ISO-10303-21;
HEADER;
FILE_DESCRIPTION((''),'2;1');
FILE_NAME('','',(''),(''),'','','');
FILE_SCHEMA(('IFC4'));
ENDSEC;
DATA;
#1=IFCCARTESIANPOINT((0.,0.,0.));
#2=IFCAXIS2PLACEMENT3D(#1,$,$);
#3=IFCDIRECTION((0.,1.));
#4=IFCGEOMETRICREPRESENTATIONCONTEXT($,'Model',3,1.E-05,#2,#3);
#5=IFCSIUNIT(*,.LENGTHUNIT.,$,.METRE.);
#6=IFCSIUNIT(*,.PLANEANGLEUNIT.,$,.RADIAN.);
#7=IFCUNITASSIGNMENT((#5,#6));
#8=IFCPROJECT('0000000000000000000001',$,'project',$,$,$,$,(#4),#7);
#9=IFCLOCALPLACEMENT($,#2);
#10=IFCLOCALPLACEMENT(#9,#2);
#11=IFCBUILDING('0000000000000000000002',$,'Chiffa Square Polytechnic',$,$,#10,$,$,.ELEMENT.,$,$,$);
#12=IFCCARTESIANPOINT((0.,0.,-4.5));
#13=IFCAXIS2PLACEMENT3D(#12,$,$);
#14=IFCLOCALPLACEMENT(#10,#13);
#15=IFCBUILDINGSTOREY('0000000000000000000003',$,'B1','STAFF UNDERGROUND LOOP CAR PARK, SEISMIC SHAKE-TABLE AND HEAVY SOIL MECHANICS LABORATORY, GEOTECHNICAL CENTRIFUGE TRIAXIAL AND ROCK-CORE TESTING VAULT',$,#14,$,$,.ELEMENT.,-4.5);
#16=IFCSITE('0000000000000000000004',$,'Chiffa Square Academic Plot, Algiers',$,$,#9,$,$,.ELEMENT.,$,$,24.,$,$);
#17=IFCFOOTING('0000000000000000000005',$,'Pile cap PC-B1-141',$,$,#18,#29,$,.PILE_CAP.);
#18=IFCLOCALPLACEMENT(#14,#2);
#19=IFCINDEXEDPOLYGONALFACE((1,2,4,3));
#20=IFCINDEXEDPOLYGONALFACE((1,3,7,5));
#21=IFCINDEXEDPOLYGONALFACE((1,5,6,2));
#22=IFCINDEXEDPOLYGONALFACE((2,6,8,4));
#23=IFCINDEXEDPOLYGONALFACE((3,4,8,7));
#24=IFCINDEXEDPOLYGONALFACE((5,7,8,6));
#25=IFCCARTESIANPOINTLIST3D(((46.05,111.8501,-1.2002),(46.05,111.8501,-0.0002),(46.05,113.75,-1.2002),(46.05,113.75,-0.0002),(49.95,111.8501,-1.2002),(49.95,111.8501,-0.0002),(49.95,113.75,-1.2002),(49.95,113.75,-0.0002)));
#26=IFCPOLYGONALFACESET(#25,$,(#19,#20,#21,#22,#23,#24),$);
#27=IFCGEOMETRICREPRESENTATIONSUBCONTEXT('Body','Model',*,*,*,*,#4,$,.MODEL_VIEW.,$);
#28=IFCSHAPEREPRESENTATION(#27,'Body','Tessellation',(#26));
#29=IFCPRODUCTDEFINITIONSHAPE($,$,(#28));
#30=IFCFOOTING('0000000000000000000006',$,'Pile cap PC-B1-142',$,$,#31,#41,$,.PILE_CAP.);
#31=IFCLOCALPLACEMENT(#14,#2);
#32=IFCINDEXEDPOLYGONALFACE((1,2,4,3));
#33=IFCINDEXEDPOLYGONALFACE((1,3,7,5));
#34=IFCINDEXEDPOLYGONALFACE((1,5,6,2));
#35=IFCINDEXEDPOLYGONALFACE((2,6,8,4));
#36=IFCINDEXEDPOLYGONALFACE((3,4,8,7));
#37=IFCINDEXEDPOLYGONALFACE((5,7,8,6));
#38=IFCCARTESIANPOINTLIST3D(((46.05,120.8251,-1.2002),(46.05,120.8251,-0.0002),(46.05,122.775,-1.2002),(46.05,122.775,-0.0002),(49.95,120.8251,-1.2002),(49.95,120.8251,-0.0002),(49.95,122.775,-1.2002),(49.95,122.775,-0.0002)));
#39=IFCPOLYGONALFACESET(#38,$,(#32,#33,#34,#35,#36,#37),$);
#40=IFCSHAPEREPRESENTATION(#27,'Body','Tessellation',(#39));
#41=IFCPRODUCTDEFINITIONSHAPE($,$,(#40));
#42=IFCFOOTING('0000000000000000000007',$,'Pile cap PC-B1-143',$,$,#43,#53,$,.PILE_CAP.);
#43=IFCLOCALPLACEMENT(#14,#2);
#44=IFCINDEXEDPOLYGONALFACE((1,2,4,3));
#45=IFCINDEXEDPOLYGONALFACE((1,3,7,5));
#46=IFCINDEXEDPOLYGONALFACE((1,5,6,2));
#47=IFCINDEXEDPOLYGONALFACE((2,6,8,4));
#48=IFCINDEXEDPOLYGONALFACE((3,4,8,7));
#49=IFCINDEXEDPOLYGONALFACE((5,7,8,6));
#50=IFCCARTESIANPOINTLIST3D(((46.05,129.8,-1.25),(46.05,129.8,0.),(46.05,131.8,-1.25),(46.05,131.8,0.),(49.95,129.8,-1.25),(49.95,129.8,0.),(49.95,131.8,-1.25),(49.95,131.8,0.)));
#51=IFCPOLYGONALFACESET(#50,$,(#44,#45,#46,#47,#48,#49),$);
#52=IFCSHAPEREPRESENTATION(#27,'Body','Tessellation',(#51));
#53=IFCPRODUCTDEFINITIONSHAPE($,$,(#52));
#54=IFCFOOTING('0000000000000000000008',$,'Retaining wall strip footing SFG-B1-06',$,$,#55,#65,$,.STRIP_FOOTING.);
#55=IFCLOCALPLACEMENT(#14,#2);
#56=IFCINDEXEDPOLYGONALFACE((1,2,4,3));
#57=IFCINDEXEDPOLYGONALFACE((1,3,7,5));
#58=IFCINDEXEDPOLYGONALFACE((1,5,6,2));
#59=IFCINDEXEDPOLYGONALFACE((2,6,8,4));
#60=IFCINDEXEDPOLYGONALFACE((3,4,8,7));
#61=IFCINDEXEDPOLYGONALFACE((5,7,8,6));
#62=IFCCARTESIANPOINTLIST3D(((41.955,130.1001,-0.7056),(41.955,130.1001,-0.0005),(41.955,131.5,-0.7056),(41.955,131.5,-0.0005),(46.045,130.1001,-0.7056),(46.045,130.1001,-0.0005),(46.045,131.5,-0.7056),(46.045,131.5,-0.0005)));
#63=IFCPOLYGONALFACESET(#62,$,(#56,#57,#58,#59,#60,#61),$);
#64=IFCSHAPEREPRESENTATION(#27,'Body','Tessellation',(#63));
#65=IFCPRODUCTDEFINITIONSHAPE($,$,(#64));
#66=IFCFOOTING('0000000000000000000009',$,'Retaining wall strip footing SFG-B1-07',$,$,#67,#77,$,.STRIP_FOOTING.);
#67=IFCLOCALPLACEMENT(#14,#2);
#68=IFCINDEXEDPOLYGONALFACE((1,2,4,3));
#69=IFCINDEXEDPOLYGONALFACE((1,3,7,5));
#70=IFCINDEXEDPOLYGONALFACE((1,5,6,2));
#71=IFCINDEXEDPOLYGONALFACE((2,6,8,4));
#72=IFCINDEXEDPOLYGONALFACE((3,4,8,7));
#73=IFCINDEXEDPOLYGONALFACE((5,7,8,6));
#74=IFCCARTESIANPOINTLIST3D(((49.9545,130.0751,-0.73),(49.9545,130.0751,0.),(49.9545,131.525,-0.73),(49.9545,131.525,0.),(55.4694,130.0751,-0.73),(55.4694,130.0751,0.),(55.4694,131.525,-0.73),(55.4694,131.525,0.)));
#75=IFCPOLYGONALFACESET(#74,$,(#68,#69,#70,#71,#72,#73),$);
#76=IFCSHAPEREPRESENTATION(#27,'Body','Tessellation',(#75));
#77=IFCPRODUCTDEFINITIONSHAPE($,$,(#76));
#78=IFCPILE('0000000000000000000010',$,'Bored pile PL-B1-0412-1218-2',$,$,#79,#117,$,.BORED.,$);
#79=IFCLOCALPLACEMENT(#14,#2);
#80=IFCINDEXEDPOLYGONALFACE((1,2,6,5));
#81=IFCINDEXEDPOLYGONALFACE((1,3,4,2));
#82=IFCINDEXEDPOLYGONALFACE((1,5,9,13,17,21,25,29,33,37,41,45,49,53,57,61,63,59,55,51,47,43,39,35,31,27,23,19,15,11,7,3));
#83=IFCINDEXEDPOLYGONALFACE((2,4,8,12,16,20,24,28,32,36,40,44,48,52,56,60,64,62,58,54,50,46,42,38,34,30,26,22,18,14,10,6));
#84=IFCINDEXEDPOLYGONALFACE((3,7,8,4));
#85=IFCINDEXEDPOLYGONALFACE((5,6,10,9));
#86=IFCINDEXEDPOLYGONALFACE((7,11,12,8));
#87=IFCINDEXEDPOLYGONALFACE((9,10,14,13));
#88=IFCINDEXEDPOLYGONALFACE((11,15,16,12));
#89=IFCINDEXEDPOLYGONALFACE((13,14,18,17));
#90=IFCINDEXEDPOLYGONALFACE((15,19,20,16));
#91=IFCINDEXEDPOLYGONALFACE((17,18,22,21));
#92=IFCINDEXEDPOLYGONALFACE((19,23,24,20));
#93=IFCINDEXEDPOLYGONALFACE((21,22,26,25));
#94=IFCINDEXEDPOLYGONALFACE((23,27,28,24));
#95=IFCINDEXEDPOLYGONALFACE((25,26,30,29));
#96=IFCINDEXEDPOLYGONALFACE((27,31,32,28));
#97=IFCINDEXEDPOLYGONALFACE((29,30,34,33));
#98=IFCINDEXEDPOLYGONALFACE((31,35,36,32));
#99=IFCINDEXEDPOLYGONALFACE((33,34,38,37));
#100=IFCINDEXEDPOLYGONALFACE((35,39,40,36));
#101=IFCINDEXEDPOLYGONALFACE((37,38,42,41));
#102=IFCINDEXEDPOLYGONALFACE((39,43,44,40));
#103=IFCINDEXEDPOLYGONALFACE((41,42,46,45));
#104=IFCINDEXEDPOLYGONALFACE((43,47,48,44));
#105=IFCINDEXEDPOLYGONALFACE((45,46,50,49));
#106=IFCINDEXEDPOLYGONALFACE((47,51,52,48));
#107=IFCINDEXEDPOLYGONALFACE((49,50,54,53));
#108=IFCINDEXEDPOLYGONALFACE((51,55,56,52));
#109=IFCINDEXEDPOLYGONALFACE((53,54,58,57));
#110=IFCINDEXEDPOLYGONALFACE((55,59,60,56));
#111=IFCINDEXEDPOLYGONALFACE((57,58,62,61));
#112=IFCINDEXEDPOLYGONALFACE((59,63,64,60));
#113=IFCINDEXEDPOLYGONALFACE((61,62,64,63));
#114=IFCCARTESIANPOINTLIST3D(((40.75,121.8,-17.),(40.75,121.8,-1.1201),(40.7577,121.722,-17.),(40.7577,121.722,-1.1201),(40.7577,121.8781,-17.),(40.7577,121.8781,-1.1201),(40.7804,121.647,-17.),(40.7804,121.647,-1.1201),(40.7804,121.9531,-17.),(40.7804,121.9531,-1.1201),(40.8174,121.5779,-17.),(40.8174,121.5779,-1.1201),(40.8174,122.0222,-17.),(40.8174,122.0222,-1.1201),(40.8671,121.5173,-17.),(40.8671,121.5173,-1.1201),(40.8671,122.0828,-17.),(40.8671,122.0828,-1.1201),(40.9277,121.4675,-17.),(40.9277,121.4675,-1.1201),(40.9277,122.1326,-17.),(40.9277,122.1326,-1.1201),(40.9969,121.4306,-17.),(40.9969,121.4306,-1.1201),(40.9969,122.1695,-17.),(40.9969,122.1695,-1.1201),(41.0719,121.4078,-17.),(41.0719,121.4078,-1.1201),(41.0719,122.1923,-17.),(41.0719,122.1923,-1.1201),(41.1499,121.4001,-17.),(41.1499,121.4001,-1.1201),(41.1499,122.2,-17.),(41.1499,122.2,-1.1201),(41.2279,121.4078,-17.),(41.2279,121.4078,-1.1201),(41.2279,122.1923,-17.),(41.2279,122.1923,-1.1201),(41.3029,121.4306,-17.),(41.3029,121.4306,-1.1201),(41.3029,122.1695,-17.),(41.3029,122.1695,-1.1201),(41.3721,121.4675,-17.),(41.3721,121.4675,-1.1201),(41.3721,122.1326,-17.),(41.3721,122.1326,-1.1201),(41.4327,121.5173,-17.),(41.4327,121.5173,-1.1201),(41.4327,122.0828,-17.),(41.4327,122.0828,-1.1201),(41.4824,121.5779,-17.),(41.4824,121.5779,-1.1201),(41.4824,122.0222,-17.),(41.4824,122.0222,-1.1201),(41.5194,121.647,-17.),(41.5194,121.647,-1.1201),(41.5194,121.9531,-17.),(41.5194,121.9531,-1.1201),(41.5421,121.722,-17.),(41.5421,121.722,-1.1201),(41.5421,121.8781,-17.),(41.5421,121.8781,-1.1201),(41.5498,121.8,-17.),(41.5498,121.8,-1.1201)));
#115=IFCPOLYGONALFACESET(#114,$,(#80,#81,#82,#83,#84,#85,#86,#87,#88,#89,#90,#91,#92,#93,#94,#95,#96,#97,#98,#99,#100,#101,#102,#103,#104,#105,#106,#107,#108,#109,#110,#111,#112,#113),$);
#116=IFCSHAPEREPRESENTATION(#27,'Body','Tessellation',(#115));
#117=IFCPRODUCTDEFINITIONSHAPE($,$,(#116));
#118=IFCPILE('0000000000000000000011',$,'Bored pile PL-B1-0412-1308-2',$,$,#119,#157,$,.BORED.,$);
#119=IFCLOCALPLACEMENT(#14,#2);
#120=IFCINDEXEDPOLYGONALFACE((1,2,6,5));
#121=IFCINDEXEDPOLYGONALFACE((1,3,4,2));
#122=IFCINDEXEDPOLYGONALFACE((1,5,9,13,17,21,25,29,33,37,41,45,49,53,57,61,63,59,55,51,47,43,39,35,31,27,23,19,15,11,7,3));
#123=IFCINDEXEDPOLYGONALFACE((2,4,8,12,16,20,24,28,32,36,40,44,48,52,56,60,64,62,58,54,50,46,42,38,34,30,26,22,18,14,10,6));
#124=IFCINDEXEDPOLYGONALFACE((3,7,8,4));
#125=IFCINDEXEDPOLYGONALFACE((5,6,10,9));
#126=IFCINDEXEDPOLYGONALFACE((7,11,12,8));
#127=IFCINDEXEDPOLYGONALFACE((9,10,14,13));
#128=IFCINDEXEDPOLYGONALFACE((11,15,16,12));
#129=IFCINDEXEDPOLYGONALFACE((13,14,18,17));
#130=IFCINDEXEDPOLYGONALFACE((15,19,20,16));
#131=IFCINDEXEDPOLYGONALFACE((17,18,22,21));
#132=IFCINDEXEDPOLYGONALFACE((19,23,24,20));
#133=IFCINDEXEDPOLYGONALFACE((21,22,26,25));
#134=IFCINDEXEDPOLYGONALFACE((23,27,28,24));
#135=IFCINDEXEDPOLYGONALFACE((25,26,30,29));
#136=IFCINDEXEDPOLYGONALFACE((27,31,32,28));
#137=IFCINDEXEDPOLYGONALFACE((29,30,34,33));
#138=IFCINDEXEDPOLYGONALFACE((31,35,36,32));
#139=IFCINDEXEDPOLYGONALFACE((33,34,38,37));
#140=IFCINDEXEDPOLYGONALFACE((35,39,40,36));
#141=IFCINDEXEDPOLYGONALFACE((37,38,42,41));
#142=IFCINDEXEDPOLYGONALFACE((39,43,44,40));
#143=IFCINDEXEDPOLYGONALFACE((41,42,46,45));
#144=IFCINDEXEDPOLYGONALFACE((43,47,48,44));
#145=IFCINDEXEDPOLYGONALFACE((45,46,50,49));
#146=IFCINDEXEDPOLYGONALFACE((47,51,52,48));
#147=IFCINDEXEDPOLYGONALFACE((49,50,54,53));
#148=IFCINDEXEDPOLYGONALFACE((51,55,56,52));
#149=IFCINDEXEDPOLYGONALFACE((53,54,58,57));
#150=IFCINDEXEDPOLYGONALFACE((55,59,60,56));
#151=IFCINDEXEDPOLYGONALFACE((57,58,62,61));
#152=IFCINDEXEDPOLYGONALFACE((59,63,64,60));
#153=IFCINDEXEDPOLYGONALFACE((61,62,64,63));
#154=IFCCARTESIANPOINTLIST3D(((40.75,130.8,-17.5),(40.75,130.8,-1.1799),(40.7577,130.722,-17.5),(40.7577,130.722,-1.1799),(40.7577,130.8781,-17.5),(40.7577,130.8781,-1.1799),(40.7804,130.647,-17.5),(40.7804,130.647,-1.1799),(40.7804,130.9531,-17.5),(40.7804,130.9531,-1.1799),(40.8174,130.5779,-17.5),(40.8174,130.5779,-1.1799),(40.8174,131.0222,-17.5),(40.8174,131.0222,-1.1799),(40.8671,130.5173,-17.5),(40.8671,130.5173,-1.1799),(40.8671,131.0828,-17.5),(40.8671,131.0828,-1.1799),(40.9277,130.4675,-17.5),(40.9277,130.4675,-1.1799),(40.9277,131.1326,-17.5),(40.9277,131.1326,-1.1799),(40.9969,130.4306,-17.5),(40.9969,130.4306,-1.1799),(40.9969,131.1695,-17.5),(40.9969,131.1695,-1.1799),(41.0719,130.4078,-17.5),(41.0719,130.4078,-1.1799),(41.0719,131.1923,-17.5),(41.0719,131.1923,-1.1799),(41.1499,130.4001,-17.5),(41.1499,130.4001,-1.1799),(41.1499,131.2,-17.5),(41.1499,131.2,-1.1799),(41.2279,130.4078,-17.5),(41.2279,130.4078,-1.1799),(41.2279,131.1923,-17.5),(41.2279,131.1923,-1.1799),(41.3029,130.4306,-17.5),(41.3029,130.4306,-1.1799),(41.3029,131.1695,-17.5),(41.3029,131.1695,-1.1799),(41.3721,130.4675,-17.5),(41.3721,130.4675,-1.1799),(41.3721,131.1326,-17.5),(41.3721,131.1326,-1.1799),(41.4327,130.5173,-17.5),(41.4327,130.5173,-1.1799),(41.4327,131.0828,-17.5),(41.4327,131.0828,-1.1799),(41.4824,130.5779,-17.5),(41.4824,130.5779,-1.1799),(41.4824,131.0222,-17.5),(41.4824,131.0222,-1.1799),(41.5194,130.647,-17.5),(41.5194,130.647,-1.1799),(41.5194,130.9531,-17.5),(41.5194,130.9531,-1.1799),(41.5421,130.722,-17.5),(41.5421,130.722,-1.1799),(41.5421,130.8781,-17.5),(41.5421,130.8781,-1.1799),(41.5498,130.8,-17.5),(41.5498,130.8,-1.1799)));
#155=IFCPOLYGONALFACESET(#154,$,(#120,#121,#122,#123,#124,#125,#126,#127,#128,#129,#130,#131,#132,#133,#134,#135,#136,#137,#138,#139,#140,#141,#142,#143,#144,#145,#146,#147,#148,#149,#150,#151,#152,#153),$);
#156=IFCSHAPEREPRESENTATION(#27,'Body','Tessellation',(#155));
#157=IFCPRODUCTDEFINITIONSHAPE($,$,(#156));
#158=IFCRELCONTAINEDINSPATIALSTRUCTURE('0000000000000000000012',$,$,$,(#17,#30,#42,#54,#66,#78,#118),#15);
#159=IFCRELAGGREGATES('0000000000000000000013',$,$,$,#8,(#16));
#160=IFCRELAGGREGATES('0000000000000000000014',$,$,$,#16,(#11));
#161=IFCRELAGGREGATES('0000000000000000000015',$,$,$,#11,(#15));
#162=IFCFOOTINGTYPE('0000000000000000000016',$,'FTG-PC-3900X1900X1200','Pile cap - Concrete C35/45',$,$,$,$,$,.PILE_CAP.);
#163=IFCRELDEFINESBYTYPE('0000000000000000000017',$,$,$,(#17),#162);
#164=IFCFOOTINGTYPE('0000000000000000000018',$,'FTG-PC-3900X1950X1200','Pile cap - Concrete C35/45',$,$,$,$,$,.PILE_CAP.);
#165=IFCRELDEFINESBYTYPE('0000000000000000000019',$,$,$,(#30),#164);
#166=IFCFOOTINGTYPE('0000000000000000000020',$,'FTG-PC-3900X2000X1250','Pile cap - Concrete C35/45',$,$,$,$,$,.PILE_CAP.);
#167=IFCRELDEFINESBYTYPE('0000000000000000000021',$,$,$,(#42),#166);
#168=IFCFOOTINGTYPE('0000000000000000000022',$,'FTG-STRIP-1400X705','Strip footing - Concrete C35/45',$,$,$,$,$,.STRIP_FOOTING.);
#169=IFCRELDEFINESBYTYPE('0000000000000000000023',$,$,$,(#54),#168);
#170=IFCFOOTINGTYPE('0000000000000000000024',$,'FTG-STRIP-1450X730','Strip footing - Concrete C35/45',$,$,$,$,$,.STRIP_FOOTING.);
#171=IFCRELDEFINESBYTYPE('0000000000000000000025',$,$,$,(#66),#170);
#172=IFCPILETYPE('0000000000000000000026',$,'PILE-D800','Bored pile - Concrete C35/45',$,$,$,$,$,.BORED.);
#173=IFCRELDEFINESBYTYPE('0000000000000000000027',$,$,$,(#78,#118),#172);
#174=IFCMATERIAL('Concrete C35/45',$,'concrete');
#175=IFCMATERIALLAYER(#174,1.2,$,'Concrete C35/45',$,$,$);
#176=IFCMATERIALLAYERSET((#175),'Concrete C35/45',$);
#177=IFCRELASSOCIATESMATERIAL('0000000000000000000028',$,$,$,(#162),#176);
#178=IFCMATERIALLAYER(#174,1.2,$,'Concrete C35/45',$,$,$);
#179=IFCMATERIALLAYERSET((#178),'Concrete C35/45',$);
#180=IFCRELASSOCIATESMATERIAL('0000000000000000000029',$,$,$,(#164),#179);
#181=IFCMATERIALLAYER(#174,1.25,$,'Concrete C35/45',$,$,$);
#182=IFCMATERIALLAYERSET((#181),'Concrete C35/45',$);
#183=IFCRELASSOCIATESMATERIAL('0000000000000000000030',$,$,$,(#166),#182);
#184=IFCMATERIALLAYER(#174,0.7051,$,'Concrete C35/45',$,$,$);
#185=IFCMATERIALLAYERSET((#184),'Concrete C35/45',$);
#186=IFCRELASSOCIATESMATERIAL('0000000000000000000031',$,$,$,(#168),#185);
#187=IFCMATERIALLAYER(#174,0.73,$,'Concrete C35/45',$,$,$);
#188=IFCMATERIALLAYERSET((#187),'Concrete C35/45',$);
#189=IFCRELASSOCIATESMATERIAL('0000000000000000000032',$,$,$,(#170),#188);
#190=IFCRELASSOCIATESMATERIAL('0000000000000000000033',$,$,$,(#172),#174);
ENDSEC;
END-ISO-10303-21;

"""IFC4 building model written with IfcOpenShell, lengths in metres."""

from ifc_helpers import new_model, si_unit, direction, frame, origin, origin_2d, place, context, subcontext, project, spatial, rectangle, circle, extrude, material, layer, layer_set, material_profile, profile_set, type_object, element, save


model = new_model("IFC4")

# Units and contexts
model_context = context("Model", 3, precision=1e-05, world=origin(), true_north=direction((0.0, 1.0)))
body_context = subcontext(model_context, "Body", "Model", "MODEL_VIEW")
ifc_project = project(units=[si_unit("LENGTHUNIT", "METRE"), si_unit("PLANEANGLEUNIT", "RADIAN")], contexts=[model_context])

# Site, building, storey
site_placement = place(None, origin())
site = spatial("IfcSite", under=ifc_project, at=site_placement, Name="Chiffa Square Academic Plot, Algiers", CompositionType="ELEMENT", RefElevation=24.0)
building_placement = place(site_placement, origin())
building = spatial("IfcBuilding", under=site, at=building_placement, Name="Chiffa Square Polytechnic", CompositionType="ELEMENT")
storey_placement = place(building_placement, frame((0.0, 0.0, -4.5)))
storey = spatial("IfcBuildingStorey", under=building, at=storey_placement, Name="B1", Description="STAFF UNDERGROUND LOOP CAR PARK, SEISMIC SHAKE-TABLE AND HEAVY SOIL MECHANICS LABORATORY, GEOTECHNICAL CENTRIFUGE TRIAXIAL AND ROCK-CORE TESTING VAULT", CompositionType="ELEMENT", Elevation=-4.5)

# Footings
ifc_material_1 = material(Name="Concrete C35/45", Category="concrete")
ifc_layer_1 = layer(ifc_material_1, 1.2, Name="Concrete C35/45")
ifc_layer_set_1 = layer_set([ifc_layer_1], Name="Concrete C35/45")
footing_type_1 = type_object("IfcFootingType", Name="FTG-PC-3900X1900X1200", Description="Pile cap - Concrete C35/45", PredefinedType="PILE_CAP", material=ifc_layer_set_1)
footing_1_placement = place(storey_placement, frame((48.0, 112.8, -1.2002), z_axis=(0.0, 0.0, 1.0), x_axis=(1.0, 0.0, 0.0)))
element("IfcFooting", 1, at=footing_1_placement, inside=storey, type_object=footing_type_1, Name="Pile cap PC-B1-141", PredefinedType="PILE_CAP", context=body_context, shape_type="SweptSolid", body=[
    extrude(rectangle(XDim=3.8999, YDim=1.8999, at=origin_2d()), origin(), (0.0, 0.0, 1.0), 1.2),
])
ifc_layer_2 = layer(ifc_material_1, 1.2, Name="Concrete C35/45")
ifc_layer_set_2 = layer_set([ifc_layer_2], Name="Concrete C35/45")
footing_type_2 = type_object("IfcFootingType", Name="FTG-PC-3900X1950X1200", Description="Pile cap - Concrete C35/45", PredefinedType="PILE_CAP", material=ifc_layer_set_2)
footing_2_placement = place(storey_placement, frame((48.0, 121.8, -1.2002), z_axis=(0.0, 0.0, 1.0), x_axis=(1.0, 0.0, 0.0)))
element("IfcFooting", 2, at=footing_2_placement, inside=storey, type_object=footing_type_2, Name="Pile cap PC-B1-142", PredefinedType="PILE_CAP", context=body_context, shape_type="SweptSolid", body=[
    extrude(rectangle(XDim=3.8999, YDim=1.95, at=origin_2d()), origin(), (0.0, 0.0, 1.0), 1.2),
])
ifc_layer_3 = layer(ifc_material_1, 1.25, Name="Concrete C35/45")
ifc_layer_set_3 = layer_set([ifc_layer_3], Name="Concrete C35/45")
footing_type_3 = type_object("IfcFootingType", Name="FTG-PC-3900X2000X1250", Description="Pile cap - Concrete C35/45", PredefinedType="PILE_CAP", material=ifc_layer_set_3)
footing_3_placement = place(storey_placement, frame((48.0, 130.8, -1.25), z_axis=(0.0, 0.0, 1.0), x_axis=(1.0, 0.0, 0.0)))
element("IfcFooting", 3, at=footing_3_placement, inside=storey, type_object=footing_type_3, Name="Pile cap PC-B1-143", PredefinedType="PILE_CAP", context=body_context, shape_type="SweptSolid", body=[
    extrude(rectangle(XDim=3.8999, YDim=2.0, at=origin_2d()), origin(), (0.0, 0.0, 1.0), 1.25),
])
ifc_layer_4 = layer(ifc_material_1, 0.7051, Name="Concrete C35/45")
ifc_layer_set_4 = layer_set([ifc_layer_4], Name="Concrete C35/45")
footing_type_4 = type_object("IfcFootingType", Name="FTG-STRIP-1400X705", Description="Strip footing - Concrete C35/45", PredefinedType="STRIP_FOOTING", material=ifc_layer_set_4)
footing_4_placement = place(storey_placement, frame((44.0, 130.8, -0.7056), z_axis=(0.0, 0.0, 1.0), x_axis=(1.0, 0.0, 0.0)))
element("IfcFooting", 4, at=footing_4_placement, inside=storey, type_object=footing_type_4, Name="Retaining wall strip footing SFG-B1-06", PredefinedType="STRIP_FOOTING", context=body_context, shape_type="SweptSolid", body=[
    extrude(rectangle(XDim=4.0901, YDim=1.3999, at=origin_2d()), origin(), (0.0, 0.0, 1.0), 0.7051),
])
ifc_layer_5 = layer(ifc_material_1, 0.73, Name="Concrete C35/45")
ifc_layer_set_5 = layer_set([ifc_layer_5], Name="Concrete C35/45")
footing_type_5 = type_object("IfcFootingType", Name="FTG-STRIP-1450X730", Description="Strip footing - Concrete C35/45", PredefinedType="STRIP_FOOTING", material=ifc_layer_set_5)
footing_5_placement = place(storey_placement, frame((52.7119, 130.8, -0.73), z_axis=(0.0, 0.0, 1.0), x_axis=(1.0, 0.0, 0.0)))
element("IfcFooting", 5, at=footing_5_placement, inside=storey, type_object=footing_type_5, Name="Retaining wall strip footing SFG-B1-07", PredefinedType="STRIP_FOOTING", context=body_context, shape_type="SweptSolid", body=[
    extrude(rectangle(XDim=5.5149, YDim=1.45, at=origin_2d()), origin(), (0.0, 0.0, 1.0), 0.73),
])

# Piles
ifc_material_profile_1 = material_profile(ifc_material_1, circle(Radius=0.3999, at=origin_2d()), Name="PILE D800")
ifc_profile_set_1 = profile_set([ifc_material_profile_1], Name="Concrete C35/45")
pile_type_1 = type_object("IfcPileType", Name="PILE-D800", Description="Bored pile - Concrete C35/45", PredefinedType="BORED", material=ifc_profile_set_1)
pile_1_placement = place(storey_placement, frame((41.1499, 121.8, -1.1201), z_axis=(0.0, 0.0, -1.0), x_axis=(1.0, 0.0, 0.0)))
element("IfcPile", 6, at=pile_1_placement, inside=storey, type_object=pile_type_1, Name="Bored pile PL-B1-0412-1218-2", PredefinedType="BORED", context=body_context, shape_type="SweptSolid", body=[
    extrude(circle(Radius=0.3999, at=origin_2d()), origin(), (0.0, 0.0, 1.0), 15.8799),
])
pile_2_placement = place(storey_placement, frame((41.1499, 130.8, -1.1799), z_axis=(0.0, 0.0, -1.0), x_axis=(1.0, 0.0, 0.0)))
element("IfcPile", 7, at=pile_2_placement, inside=storey, type_object=pile_type_1, Name="Bored pile PL-B1-0412-1308-2", PredefinedType="BORED", context=body_context, shape_type="SweptSolid", body=[
    extrude(circle(Radius=0.3999, at=origin_2d()), origin(), (0.0, 0.0, 1.0), 16.3201),
])

save(model, "model.ifc")
